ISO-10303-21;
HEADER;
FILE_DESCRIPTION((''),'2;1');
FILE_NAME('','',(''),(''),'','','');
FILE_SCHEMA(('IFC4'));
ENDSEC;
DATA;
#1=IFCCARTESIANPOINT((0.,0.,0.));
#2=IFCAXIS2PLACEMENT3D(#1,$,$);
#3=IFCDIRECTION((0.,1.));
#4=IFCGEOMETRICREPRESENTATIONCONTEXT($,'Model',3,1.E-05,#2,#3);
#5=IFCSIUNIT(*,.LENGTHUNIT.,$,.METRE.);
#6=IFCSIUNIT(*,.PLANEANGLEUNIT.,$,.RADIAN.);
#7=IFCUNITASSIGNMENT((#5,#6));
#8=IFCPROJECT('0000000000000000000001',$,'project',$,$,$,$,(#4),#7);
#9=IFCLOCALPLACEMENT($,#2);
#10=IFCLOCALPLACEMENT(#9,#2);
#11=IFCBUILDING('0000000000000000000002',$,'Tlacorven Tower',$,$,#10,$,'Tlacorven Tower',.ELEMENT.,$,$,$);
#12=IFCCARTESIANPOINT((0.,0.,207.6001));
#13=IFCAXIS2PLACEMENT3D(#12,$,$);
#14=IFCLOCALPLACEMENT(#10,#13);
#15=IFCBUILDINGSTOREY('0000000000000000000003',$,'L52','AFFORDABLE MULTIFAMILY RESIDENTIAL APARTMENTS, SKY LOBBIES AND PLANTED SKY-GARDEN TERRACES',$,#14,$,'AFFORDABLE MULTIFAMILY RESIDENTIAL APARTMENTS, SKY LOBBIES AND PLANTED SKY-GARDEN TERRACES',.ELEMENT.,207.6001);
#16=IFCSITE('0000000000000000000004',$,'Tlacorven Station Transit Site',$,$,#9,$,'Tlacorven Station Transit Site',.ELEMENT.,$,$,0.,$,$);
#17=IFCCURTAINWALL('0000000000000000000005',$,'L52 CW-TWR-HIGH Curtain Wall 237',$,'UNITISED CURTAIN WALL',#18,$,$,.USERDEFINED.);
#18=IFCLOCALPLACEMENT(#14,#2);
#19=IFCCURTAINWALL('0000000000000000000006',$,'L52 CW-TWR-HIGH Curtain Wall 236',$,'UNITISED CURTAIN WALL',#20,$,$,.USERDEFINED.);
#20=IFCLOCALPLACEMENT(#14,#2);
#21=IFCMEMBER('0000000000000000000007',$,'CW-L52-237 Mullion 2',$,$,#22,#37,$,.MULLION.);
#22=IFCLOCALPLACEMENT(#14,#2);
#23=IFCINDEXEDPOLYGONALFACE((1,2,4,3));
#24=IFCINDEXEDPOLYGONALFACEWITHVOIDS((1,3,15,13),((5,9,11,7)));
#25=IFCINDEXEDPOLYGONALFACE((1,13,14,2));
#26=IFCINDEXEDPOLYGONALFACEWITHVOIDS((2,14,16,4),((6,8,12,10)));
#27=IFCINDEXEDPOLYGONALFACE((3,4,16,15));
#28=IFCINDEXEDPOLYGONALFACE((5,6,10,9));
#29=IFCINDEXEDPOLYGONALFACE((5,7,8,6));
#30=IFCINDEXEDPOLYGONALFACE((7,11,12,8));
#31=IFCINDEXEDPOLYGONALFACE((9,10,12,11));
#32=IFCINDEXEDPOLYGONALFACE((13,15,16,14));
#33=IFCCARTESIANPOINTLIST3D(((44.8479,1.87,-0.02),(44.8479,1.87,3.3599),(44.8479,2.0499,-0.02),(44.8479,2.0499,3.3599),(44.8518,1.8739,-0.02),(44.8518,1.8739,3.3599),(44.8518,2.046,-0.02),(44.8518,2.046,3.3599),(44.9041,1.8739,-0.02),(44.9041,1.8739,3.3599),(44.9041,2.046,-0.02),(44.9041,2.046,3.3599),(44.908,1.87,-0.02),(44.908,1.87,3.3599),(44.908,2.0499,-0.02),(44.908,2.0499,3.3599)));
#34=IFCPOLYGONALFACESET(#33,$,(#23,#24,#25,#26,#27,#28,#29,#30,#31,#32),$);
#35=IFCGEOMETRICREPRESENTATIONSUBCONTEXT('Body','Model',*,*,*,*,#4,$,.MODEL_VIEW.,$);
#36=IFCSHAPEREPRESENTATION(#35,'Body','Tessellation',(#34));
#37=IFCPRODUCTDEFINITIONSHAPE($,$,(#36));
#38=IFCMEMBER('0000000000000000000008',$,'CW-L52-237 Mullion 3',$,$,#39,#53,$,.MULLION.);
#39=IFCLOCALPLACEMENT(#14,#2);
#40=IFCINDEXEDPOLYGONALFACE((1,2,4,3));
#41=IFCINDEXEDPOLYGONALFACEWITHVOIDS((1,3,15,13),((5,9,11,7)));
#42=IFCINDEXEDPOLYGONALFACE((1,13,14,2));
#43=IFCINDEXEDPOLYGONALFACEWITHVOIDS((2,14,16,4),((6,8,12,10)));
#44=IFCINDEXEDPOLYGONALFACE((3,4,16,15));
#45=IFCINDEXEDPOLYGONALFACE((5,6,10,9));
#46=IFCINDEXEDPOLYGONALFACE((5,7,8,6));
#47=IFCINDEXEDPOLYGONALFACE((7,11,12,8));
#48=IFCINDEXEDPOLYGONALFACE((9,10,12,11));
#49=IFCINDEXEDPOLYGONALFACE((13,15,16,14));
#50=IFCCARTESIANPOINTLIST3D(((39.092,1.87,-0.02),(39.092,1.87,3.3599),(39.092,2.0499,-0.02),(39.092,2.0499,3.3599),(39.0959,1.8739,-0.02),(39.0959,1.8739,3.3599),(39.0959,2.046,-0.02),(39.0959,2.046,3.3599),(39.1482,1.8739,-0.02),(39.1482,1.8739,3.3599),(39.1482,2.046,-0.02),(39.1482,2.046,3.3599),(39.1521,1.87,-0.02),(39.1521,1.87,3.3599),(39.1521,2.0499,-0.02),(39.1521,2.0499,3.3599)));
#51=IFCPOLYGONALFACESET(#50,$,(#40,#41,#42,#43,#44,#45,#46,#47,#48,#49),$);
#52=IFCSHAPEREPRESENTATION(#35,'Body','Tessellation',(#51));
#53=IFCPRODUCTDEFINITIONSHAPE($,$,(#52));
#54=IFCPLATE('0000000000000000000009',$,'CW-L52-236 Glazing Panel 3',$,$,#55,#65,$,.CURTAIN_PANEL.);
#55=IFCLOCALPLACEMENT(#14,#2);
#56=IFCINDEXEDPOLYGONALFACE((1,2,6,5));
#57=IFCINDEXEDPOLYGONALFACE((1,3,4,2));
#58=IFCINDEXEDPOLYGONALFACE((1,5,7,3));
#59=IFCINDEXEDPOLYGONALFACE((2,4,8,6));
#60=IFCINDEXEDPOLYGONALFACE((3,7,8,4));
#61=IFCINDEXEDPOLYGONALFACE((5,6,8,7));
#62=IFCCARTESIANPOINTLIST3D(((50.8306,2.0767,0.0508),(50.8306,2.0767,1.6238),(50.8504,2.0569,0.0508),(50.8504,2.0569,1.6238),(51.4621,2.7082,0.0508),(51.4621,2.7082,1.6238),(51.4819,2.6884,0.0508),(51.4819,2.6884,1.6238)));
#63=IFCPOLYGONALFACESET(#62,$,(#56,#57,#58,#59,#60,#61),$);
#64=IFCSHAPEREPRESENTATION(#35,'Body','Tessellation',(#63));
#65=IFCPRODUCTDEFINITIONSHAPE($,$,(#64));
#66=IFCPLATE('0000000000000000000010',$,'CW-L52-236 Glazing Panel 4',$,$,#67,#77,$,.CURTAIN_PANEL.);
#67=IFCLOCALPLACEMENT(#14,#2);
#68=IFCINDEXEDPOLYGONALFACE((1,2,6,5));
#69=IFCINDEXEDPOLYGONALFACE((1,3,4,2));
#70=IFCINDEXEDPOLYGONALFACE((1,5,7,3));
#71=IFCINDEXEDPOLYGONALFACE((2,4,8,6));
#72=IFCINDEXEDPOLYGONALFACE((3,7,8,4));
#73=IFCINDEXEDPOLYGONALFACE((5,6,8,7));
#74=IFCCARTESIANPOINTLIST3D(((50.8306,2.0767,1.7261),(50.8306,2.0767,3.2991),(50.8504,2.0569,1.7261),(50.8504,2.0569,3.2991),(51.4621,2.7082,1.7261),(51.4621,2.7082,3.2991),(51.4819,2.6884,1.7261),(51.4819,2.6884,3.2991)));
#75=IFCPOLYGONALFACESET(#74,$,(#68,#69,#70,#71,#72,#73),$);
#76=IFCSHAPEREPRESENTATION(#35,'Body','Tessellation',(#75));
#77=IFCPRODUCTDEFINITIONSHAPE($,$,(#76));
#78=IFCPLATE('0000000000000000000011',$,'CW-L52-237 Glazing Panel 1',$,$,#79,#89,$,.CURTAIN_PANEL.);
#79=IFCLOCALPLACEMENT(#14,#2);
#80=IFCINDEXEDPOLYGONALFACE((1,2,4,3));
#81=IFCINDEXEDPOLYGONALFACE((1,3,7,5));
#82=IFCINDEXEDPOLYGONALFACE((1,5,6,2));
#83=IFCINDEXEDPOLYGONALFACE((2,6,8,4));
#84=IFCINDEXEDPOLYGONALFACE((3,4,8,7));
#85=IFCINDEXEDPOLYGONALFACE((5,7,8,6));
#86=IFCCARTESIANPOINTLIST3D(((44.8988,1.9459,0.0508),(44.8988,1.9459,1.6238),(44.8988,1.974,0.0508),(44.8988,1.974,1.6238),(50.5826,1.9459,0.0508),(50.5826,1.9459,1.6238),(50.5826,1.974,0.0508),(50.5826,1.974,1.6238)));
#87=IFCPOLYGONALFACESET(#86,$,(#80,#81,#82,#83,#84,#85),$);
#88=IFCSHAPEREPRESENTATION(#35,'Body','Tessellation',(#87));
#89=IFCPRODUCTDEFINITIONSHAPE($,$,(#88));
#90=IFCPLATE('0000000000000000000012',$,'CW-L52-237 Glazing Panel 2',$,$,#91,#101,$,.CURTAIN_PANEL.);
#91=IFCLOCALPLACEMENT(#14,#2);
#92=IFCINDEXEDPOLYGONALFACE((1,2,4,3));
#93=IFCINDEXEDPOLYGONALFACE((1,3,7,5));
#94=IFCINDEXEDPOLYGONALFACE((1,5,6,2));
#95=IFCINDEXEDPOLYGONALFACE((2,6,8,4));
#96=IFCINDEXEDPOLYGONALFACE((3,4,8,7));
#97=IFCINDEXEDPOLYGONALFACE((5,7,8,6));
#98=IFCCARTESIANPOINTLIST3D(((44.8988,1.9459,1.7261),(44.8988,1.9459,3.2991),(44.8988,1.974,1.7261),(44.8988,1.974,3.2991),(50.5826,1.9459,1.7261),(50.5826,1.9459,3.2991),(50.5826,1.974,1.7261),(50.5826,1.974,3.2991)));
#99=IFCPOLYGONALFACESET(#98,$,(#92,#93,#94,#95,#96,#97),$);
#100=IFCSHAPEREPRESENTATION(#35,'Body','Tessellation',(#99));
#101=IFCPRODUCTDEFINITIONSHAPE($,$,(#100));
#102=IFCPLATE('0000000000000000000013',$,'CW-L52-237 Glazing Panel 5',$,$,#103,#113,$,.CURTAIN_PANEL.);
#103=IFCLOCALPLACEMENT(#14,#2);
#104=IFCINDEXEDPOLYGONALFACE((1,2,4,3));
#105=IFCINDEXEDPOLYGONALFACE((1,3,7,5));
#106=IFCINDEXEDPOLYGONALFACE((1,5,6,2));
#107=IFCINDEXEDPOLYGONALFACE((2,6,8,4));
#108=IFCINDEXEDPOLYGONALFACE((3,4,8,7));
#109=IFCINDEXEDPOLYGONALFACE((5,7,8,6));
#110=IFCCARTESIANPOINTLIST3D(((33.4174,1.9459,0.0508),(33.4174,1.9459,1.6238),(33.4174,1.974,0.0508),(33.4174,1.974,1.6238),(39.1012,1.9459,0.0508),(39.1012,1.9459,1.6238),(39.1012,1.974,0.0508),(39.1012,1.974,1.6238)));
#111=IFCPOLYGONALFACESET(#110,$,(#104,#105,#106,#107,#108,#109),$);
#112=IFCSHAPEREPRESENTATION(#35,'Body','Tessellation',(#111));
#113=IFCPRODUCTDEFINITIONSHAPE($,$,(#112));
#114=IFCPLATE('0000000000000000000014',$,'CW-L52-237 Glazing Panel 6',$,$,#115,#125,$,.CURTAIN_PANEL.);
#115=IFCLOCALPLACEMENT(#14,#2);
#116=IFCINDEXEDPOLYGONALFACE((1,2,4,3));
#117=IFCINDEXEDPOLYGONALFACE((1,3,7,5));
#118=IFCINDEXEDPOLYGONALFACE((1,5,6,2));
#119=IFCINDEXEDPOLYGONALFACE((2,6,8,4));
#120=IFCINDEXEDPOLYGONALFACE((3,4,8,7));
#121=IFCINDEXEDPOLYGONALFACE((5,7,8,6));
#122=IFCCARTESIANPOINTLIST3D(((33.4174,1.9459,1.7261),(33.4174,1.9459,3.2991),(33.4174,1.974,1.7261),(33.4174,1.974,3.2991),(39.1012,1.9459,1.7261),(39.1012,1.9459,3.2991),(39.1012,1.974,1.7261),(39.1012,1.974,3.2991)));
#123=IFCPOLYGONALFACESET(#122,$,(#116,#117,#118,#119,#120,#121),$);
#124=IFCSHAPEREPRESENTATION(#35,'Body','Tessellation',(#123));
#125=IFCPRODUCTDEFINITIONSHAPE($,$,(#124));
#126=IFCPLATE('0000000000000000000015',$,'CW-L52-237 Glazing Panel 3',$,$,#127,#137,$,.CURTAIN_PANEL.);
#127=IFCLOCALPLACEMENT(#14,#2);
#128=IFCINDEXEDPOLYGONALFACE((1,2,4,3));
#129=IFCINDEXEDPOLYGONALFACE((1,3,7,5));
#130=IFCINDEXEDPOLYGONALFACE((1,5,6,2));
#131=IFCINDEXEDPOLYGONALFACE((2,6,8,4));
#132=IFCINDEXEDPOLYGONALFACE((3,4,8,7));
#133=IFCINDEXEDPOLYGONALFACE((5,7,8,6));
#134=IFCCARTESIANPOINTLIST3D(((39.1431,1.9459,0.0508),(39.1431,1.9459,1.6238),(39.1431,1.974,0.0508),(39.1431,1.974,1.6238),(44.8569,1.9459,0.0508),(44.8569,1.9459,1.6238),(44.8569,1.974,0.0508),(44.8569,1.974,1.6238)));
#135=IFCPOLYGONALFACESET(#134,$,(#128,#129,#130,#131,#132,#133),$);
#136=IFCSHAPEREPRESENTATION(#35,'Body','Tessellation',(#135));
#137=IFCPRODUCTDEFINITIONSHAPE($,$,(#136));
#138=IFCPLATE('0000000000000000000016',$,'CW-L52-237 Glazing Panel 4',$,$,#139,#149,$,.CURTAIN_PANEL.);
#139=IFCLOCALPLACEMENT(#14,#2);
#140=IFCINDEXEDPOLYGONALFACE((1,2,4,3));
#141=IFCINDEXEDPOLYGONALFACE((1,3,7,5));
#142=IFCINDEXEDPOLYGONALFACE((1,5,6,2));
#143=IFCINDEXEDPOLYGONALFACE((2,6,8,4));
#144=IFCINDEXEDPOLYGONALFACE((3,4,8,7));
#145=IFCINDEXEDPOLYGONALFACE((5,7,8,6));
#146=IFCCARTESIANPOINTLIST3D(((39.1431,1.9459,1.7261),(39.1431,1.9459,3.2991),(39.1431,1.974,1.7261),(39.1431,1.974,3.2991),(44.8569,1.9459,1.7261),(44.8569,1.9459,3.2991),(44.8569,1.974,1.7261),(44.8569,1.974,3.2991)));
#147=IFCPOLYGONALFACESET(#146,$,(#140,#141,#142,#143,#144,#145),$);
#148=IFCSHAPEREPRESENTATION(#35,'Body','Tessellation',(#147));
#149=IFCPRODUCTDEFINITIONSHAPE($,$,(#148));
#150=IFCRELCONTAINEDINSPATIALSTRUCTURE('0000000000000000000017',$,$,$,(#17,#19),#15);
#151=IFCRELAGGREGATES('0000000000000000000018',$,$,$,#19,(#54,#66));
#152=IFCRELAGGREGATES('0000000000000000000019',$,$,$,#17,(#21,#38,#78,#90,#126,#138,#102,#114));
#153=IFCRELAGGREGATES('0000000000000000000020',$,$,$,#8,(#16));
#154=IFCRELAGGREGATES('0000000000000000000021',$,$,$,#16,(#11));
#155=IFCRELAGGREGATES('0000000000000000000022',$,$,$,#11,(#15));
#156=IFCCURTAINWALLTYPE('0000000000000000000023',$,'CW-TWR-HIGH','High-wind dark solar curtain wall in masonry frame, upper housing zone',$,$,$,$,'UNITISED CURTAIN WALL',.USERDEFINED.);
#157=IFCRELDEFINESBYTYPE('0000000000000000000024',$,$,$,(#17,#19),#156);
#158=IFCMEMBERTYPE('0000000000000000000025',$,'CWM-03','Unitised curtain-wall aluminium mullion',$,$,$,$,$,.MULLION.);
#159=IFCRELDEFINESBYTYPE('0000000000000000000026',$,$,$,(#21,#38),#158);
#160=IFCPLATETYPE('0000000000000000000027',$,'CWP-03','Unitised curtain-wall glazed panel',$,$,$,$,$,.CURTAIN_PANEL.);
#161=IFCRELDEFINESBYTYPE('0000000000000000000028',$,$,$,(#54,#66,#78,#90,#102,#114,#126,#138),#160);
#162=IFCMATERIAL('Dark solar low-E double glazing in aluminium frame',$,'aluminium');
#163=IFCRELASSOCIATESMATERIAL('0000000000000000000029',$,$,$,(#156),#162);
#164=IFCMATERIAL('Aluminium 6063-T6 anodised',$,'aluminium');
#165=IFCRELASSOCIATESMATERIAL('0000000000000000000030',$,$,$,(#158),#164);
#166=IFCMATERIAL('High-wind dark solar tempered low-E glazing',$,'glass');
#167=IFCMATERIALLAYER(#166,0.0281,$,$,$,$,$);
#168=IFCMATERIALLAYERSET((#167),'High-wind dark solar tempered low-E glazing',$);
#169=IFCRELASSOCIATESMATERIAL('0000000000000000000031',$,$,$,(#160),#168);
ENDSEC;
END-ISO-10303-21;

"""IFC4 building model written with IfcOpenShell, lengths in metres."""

from ifc_helpers import new_model, si_unit, direction, frame, origin, origin_2d, place, context, subcontext, project, spatial, rectangle, hollow_rectangle, extrude, source, transform, mapped, material, layer, layer_set, material_profile, profile_set, type_object, element, aggregate, save


model = new_model("IFC4")

# Units and contexts
model_context = context("Model", 3, precision=1e-05, world=origin(), true_north=direction((0.0, 1.0)))
body_context = subcontext(model_context, "Body", "Model", "MODEL_VIEW")
ifc_project = project(units=[si_unit("LENGTHUNIT", "METRE"), si_unit("PLANEANGLEUNIT", "RADIAN")], contexts=[model_context])

# Site, building, storey
site_placement = place(None, origin())
site = spatial("IfcSite", under=ifc_project, at=site_placement, Name="Tlacorven Station Transit Site", LongName="Tlacorven Station Transit Site", CompositionType="ELEMENT", RefElevation=0.0)
building_placement = place(site_placement, origin())
building = spatial("IfcBuilding", under=site, at=building_placement, Name="Tlacorven Tower", LongName="Tlacorven Tower", CompositionType="ELEMENT")
storey_placement = place(building_placement, frame((0.0, 0.0, 207.6001)))
storey = spatial("IfcBuildingStorey", under=building, at=storey_placement, Name="L52", Description="AFFORDABLE MULTIFAMILY RESIDENTIAL APARTMENTS, SKY LOBBIES AND PLANTED SKY-GARDEN TERRACES", LongName="AFFORDABLE MULTIFAMILY RESIDENTIAL APARTMENTS, SKY LOBBIES AND PLANTED SKY-GARDEN TERRACES", CompositionType="ELEMENT", Elevation=207.6001)

# Curtain wall
ifc_material_1 = material(Name="Dark solar low-E double glazing in aluminium frame", Category="aluminium")
curtain_wall_type = type_object("IfcCurtainWallType", Name="CW-TWR-HIGH", Description="High-wind dark solar curtain wall in masonry frame, upper housing zone", ElementType="UNITISED CURTAIN WALL", PredefinedType="USERDEFINED", material=ifc_material_1)
curtain_wall_1_placement = place(storey_placement, origin())
curtain_wall_1 = element("IfcCurtainWall", 1, at=curtain_wall_1_placement, inside=storey, type_object=curtain_wall_type, Name="L52 CW-TWR-HIGH Curtain Wall 237", ObjectType="UNITISED CURTAIN WALL", PredefinedType="USERDEFINED")
ifc_material_2 = material(Name="Aluminium 6063-T6 anodised", Category="aluminium")

# Curtain wall
curtain_wall_2_placement = place(storey_placement, origin())
curtain_wall_2 = element("IfcCurtainWall", 2, at=curtain_wall_2_placement, inside=storey, type_object=curtain_wall_type, Name="L52 CW-TWR-HIGH Curtain Wall 236", ObjectType="UNITISED CURTAIN WALL", PredefinedType="USERDEFINED")
ifc_material_profile_1 = material_profile(ifc_material_2, hollow_rectangle(XDim=0.0601, YDim=0.1799, WallThickness=0.0039, at=origin_2d()), Name="ALU MULLION 60X180")
ifc_profile_set_1 = profile_set([ifc_material_profile_1], Name="Aluminium 6063-T6 anodised")
member_type_1 = type_object("IfcMemberType", Name="CWM-03", Description="Unitised curtain-wall aluminium mullion", PredefinedType="MULLION", material=ifc_profile_set_1)
shared_shape_1 = source(origin(), body_context, "Body", "SweptSolid", [
    extrude(hollow_rectangle(XDim=0.0601, YDim=0.1799, WallThickness=0.0039, at=origin_2d()), origin(), (0.0, 0.0, 1.0), 3.3799),
])

# Members
member_1_placement = place(storey_placement, frame((44.8779, 1.96, -0.02), z_axis=(0.0, 0.0, 1.0), x_axis=(-1.0, 0.0, 0.0)))
member_1 = element("IfcMember", 3, at=member_1_placement, type_object=member_type_1, Name="CW-L52-237 Mullion 2", PredefinedType="MULLION", context=body_context, shape_type="MappedRepresentation", body=[
    mapped(shared_shape_1, transform((0.0, 0.0, 0.0), scale=1.0)),
])
member_2_placement = place(storey_placement, frame((39.1221, 1.96, -0.02), z_axis=(0.0, 0.0, 1.0), x_axis=(-1.0, 0.0, 0.0)))
member_2 = element("IfcMember", 4, at=member_2_placement, type_object=member_type_1, Name="CW-L52-237 Mullion 3", PredefinedType="MULLION", context=body_context, shape_type="MappedRepresentation", body=[
    mapped(shared_shape_1, transform((0.0, 0.0, 0.0), scale=1.0)),
])

# Plates
ifc_material_3 = material(Name="High-wind dark solar tempered low-E glazing", Category="glass")
ifc_layer_1 = layer(ifc_material_3, 0.0281)
ifc_layer_set_1 = layer_set([ifc_layer_1], Name="High-wind dark solar tempered low-E glazing")
plate_type = type_object("IfcPlateType", Name="CWP-03", Description="Unitised curtain-wall glazed panel", PredefinedType="CURTAIN_PANEL", material=ifc_layer_set_1)
shared_shape_2 = source(origin(), body_context, "Body", "SweptSolid", [
    extrude(rectangle(XDim=0.8931, YDim=0.0281, at=origin_2d()), origin(), (0.0, 0.0, 1.0), 1.573),
])
plate_1_placement = place(storey_placement, frame((51.1562, 2.3826, 0.0508), z_axis=(0.0, 0.0, 1.0), x_axis=(-0.707107, -0.707107, 0.0)))
plate_1 = element("IfcPlate", 5, at=plate_1_placement, type_object=plate_type, Name="CW-L52-236 Glazing Panel 3", PredefinedType="CURTAIN_PANEL", context=body_context, shape_type="MappedRepresentation", body=[
    mapped(shared_shape_2, transform((0.0, 0.0, 0.0), scale=1.0)),
])
plate_2_placement = place(storey_placement, frame((51.1562, 2.3826, 1.7261), z_axis=(0.0, 0.0, 1.0), x_axis=(-0.707107, -0.707107, 0.0)))
plate_2 = element("IfcPlate", 6, at=plate_2_placement, type_object=plate_type, Name="CW-L52-236 Glazing Panel 4", PredefinedType="CURTAIN_PANEL", context=body_context, shape_type="MappedRepresentation", body=[
    mapped(shared_shape_2, transform((0.0, 0.0, 0.0), scale=1.0)),
])
aggregate(curtain_wall_2, [plate_1, plate_2])
shared_shape_3 = source(origin(), body_context, "Body", "SweptSolid", [
    extrude(rectangle(XDim=5.6838, YDim=0.0281, at=origin_2d()), origin(), (0.0, 0.0, 1.0), 1.573),
])
plate_3_placement = place(storey_placement, frame((47.7407, 1.96, 0.0508), z_axis=(0.0, 0.0, 1.0), x_axis=(-1.0, 0.0, 0.0)))
plate_3 = element("IfcPlate", 7, at=plate_3_placement, type_object=plate_type, Name="CW-L52-237 Glazing Panel 1", PredefinedType="CURTAIN_PANEL", context=body_context, shape_type="MappedRepresentation", body=[
    mapped(shared_shape_3, transform((0.0, 0.0, 0.0), scale=1.0)),
])
plate_4_placement = place(storey_placement, frame((47.7407, 1.96, 1.7261), z_axis=(0.0, 0.0, 1.0), x_axis=(-1.0, 0.0, 0.0)))
plate_4 = element("IfcPlate", 8, at=plate_4_placement, type_object=plate_type, Name="CW-L52-237 Glazing Panel 2", PredefinedType="CURTAIN_PANEL", context=body_context, shape_type="MappedRepresentation", body=[
    mapped(shared_shape_3, transform((0.0, 0.0, 0.0), scale=1.0)),
])
plate_5_placement = place(storey_placement, frame((36.2593, 1.96, 0.0508), z_axis=(0.0, 0.0, 1.0), x_axis=(-1.0, 0.0, 0.0)))
plate_5 = element("IfcPlate", 9, at=plate_5_placement, type_object=plate_type, Name="CW-L52-237 Glazing Panel 5", PredefinedType="CURTAIN_PANEL", context=body_context, shape_type="MappedRepresentation", body=[
    mapped(shared_shape_3, transform((0.0, 0.0, 0.0), scale=1.0)),
])
plate_6_placement = place(storey_placement, frame((36.2593, 1.96, 1.7261), z_axis=(0.0, 0.0, 1.0), x_axis=(-1.0, 0.0, 0.0)))
plate_6 = element("IfcPlate", 10, at=plate_6_placement, type_object=plate_type, Name="CW-L52-237 Glazing Panel 6", PredefinedType="CURTAIN_PANEL", context=body_context, shape_type="MappedRepresentation", body=[
    mapped(shared_shape_3, transform((0.0, 0.0, 0.0), scale=1.0)),
])
shared_shape_4 = source(origin(), body_context, "Body", "SweptSolid", [
    extrude(rectangle(XDim=5.7139, YDim=0.0281, at=origin_2d()), origin(), (0.0, 0.0, 1.0), 1.573),
])
plate_7_placement = place(storey_placement, frame((42.0, 1.96, 0.0508), z_axis=(0.0, 0.0, 1.0), x_axis=(-1.0, 0.0, 0.0)))
plate_7 = element("IfcPlate", 11, at=plate_7_placement, type_object=plate_type, Name="CW-L52-237 Glazing Panel 3", PredefinedType="CURTAIN_PANEL", context=body_context, shape_type="MappedRepresentation", body=[
    mapped(shared_shape_4, transform((0.0, 0.0, 0.0), scale=1.0)),
])
plate_8_placement = place(storey_placement, frame((42.0, 1.96, 1.7261), z_axis=(0.0, 0.0, 1.0), x_axis=(-1.0, 0.0, 0.0)))
plate_8 = element("IfcPlate", 12, at=plate_8_placement, type_object=plate_type, Name="CW-L52-237 Glazing Panel 4", PredefinedType="CURTAIN_PANEL", context=body_context, shape_type="MappedRepresentation", body=[
    mapped(shared_shape_4, transform((0.0, 0.0, 0.0), scale=1.0)),
])
aggregate(curtain_wall_1, [member_1, member_2, plate_3, plate_4, plate_7, plate_8, plate_5, plate_6])

save(model, "model.ifc")
